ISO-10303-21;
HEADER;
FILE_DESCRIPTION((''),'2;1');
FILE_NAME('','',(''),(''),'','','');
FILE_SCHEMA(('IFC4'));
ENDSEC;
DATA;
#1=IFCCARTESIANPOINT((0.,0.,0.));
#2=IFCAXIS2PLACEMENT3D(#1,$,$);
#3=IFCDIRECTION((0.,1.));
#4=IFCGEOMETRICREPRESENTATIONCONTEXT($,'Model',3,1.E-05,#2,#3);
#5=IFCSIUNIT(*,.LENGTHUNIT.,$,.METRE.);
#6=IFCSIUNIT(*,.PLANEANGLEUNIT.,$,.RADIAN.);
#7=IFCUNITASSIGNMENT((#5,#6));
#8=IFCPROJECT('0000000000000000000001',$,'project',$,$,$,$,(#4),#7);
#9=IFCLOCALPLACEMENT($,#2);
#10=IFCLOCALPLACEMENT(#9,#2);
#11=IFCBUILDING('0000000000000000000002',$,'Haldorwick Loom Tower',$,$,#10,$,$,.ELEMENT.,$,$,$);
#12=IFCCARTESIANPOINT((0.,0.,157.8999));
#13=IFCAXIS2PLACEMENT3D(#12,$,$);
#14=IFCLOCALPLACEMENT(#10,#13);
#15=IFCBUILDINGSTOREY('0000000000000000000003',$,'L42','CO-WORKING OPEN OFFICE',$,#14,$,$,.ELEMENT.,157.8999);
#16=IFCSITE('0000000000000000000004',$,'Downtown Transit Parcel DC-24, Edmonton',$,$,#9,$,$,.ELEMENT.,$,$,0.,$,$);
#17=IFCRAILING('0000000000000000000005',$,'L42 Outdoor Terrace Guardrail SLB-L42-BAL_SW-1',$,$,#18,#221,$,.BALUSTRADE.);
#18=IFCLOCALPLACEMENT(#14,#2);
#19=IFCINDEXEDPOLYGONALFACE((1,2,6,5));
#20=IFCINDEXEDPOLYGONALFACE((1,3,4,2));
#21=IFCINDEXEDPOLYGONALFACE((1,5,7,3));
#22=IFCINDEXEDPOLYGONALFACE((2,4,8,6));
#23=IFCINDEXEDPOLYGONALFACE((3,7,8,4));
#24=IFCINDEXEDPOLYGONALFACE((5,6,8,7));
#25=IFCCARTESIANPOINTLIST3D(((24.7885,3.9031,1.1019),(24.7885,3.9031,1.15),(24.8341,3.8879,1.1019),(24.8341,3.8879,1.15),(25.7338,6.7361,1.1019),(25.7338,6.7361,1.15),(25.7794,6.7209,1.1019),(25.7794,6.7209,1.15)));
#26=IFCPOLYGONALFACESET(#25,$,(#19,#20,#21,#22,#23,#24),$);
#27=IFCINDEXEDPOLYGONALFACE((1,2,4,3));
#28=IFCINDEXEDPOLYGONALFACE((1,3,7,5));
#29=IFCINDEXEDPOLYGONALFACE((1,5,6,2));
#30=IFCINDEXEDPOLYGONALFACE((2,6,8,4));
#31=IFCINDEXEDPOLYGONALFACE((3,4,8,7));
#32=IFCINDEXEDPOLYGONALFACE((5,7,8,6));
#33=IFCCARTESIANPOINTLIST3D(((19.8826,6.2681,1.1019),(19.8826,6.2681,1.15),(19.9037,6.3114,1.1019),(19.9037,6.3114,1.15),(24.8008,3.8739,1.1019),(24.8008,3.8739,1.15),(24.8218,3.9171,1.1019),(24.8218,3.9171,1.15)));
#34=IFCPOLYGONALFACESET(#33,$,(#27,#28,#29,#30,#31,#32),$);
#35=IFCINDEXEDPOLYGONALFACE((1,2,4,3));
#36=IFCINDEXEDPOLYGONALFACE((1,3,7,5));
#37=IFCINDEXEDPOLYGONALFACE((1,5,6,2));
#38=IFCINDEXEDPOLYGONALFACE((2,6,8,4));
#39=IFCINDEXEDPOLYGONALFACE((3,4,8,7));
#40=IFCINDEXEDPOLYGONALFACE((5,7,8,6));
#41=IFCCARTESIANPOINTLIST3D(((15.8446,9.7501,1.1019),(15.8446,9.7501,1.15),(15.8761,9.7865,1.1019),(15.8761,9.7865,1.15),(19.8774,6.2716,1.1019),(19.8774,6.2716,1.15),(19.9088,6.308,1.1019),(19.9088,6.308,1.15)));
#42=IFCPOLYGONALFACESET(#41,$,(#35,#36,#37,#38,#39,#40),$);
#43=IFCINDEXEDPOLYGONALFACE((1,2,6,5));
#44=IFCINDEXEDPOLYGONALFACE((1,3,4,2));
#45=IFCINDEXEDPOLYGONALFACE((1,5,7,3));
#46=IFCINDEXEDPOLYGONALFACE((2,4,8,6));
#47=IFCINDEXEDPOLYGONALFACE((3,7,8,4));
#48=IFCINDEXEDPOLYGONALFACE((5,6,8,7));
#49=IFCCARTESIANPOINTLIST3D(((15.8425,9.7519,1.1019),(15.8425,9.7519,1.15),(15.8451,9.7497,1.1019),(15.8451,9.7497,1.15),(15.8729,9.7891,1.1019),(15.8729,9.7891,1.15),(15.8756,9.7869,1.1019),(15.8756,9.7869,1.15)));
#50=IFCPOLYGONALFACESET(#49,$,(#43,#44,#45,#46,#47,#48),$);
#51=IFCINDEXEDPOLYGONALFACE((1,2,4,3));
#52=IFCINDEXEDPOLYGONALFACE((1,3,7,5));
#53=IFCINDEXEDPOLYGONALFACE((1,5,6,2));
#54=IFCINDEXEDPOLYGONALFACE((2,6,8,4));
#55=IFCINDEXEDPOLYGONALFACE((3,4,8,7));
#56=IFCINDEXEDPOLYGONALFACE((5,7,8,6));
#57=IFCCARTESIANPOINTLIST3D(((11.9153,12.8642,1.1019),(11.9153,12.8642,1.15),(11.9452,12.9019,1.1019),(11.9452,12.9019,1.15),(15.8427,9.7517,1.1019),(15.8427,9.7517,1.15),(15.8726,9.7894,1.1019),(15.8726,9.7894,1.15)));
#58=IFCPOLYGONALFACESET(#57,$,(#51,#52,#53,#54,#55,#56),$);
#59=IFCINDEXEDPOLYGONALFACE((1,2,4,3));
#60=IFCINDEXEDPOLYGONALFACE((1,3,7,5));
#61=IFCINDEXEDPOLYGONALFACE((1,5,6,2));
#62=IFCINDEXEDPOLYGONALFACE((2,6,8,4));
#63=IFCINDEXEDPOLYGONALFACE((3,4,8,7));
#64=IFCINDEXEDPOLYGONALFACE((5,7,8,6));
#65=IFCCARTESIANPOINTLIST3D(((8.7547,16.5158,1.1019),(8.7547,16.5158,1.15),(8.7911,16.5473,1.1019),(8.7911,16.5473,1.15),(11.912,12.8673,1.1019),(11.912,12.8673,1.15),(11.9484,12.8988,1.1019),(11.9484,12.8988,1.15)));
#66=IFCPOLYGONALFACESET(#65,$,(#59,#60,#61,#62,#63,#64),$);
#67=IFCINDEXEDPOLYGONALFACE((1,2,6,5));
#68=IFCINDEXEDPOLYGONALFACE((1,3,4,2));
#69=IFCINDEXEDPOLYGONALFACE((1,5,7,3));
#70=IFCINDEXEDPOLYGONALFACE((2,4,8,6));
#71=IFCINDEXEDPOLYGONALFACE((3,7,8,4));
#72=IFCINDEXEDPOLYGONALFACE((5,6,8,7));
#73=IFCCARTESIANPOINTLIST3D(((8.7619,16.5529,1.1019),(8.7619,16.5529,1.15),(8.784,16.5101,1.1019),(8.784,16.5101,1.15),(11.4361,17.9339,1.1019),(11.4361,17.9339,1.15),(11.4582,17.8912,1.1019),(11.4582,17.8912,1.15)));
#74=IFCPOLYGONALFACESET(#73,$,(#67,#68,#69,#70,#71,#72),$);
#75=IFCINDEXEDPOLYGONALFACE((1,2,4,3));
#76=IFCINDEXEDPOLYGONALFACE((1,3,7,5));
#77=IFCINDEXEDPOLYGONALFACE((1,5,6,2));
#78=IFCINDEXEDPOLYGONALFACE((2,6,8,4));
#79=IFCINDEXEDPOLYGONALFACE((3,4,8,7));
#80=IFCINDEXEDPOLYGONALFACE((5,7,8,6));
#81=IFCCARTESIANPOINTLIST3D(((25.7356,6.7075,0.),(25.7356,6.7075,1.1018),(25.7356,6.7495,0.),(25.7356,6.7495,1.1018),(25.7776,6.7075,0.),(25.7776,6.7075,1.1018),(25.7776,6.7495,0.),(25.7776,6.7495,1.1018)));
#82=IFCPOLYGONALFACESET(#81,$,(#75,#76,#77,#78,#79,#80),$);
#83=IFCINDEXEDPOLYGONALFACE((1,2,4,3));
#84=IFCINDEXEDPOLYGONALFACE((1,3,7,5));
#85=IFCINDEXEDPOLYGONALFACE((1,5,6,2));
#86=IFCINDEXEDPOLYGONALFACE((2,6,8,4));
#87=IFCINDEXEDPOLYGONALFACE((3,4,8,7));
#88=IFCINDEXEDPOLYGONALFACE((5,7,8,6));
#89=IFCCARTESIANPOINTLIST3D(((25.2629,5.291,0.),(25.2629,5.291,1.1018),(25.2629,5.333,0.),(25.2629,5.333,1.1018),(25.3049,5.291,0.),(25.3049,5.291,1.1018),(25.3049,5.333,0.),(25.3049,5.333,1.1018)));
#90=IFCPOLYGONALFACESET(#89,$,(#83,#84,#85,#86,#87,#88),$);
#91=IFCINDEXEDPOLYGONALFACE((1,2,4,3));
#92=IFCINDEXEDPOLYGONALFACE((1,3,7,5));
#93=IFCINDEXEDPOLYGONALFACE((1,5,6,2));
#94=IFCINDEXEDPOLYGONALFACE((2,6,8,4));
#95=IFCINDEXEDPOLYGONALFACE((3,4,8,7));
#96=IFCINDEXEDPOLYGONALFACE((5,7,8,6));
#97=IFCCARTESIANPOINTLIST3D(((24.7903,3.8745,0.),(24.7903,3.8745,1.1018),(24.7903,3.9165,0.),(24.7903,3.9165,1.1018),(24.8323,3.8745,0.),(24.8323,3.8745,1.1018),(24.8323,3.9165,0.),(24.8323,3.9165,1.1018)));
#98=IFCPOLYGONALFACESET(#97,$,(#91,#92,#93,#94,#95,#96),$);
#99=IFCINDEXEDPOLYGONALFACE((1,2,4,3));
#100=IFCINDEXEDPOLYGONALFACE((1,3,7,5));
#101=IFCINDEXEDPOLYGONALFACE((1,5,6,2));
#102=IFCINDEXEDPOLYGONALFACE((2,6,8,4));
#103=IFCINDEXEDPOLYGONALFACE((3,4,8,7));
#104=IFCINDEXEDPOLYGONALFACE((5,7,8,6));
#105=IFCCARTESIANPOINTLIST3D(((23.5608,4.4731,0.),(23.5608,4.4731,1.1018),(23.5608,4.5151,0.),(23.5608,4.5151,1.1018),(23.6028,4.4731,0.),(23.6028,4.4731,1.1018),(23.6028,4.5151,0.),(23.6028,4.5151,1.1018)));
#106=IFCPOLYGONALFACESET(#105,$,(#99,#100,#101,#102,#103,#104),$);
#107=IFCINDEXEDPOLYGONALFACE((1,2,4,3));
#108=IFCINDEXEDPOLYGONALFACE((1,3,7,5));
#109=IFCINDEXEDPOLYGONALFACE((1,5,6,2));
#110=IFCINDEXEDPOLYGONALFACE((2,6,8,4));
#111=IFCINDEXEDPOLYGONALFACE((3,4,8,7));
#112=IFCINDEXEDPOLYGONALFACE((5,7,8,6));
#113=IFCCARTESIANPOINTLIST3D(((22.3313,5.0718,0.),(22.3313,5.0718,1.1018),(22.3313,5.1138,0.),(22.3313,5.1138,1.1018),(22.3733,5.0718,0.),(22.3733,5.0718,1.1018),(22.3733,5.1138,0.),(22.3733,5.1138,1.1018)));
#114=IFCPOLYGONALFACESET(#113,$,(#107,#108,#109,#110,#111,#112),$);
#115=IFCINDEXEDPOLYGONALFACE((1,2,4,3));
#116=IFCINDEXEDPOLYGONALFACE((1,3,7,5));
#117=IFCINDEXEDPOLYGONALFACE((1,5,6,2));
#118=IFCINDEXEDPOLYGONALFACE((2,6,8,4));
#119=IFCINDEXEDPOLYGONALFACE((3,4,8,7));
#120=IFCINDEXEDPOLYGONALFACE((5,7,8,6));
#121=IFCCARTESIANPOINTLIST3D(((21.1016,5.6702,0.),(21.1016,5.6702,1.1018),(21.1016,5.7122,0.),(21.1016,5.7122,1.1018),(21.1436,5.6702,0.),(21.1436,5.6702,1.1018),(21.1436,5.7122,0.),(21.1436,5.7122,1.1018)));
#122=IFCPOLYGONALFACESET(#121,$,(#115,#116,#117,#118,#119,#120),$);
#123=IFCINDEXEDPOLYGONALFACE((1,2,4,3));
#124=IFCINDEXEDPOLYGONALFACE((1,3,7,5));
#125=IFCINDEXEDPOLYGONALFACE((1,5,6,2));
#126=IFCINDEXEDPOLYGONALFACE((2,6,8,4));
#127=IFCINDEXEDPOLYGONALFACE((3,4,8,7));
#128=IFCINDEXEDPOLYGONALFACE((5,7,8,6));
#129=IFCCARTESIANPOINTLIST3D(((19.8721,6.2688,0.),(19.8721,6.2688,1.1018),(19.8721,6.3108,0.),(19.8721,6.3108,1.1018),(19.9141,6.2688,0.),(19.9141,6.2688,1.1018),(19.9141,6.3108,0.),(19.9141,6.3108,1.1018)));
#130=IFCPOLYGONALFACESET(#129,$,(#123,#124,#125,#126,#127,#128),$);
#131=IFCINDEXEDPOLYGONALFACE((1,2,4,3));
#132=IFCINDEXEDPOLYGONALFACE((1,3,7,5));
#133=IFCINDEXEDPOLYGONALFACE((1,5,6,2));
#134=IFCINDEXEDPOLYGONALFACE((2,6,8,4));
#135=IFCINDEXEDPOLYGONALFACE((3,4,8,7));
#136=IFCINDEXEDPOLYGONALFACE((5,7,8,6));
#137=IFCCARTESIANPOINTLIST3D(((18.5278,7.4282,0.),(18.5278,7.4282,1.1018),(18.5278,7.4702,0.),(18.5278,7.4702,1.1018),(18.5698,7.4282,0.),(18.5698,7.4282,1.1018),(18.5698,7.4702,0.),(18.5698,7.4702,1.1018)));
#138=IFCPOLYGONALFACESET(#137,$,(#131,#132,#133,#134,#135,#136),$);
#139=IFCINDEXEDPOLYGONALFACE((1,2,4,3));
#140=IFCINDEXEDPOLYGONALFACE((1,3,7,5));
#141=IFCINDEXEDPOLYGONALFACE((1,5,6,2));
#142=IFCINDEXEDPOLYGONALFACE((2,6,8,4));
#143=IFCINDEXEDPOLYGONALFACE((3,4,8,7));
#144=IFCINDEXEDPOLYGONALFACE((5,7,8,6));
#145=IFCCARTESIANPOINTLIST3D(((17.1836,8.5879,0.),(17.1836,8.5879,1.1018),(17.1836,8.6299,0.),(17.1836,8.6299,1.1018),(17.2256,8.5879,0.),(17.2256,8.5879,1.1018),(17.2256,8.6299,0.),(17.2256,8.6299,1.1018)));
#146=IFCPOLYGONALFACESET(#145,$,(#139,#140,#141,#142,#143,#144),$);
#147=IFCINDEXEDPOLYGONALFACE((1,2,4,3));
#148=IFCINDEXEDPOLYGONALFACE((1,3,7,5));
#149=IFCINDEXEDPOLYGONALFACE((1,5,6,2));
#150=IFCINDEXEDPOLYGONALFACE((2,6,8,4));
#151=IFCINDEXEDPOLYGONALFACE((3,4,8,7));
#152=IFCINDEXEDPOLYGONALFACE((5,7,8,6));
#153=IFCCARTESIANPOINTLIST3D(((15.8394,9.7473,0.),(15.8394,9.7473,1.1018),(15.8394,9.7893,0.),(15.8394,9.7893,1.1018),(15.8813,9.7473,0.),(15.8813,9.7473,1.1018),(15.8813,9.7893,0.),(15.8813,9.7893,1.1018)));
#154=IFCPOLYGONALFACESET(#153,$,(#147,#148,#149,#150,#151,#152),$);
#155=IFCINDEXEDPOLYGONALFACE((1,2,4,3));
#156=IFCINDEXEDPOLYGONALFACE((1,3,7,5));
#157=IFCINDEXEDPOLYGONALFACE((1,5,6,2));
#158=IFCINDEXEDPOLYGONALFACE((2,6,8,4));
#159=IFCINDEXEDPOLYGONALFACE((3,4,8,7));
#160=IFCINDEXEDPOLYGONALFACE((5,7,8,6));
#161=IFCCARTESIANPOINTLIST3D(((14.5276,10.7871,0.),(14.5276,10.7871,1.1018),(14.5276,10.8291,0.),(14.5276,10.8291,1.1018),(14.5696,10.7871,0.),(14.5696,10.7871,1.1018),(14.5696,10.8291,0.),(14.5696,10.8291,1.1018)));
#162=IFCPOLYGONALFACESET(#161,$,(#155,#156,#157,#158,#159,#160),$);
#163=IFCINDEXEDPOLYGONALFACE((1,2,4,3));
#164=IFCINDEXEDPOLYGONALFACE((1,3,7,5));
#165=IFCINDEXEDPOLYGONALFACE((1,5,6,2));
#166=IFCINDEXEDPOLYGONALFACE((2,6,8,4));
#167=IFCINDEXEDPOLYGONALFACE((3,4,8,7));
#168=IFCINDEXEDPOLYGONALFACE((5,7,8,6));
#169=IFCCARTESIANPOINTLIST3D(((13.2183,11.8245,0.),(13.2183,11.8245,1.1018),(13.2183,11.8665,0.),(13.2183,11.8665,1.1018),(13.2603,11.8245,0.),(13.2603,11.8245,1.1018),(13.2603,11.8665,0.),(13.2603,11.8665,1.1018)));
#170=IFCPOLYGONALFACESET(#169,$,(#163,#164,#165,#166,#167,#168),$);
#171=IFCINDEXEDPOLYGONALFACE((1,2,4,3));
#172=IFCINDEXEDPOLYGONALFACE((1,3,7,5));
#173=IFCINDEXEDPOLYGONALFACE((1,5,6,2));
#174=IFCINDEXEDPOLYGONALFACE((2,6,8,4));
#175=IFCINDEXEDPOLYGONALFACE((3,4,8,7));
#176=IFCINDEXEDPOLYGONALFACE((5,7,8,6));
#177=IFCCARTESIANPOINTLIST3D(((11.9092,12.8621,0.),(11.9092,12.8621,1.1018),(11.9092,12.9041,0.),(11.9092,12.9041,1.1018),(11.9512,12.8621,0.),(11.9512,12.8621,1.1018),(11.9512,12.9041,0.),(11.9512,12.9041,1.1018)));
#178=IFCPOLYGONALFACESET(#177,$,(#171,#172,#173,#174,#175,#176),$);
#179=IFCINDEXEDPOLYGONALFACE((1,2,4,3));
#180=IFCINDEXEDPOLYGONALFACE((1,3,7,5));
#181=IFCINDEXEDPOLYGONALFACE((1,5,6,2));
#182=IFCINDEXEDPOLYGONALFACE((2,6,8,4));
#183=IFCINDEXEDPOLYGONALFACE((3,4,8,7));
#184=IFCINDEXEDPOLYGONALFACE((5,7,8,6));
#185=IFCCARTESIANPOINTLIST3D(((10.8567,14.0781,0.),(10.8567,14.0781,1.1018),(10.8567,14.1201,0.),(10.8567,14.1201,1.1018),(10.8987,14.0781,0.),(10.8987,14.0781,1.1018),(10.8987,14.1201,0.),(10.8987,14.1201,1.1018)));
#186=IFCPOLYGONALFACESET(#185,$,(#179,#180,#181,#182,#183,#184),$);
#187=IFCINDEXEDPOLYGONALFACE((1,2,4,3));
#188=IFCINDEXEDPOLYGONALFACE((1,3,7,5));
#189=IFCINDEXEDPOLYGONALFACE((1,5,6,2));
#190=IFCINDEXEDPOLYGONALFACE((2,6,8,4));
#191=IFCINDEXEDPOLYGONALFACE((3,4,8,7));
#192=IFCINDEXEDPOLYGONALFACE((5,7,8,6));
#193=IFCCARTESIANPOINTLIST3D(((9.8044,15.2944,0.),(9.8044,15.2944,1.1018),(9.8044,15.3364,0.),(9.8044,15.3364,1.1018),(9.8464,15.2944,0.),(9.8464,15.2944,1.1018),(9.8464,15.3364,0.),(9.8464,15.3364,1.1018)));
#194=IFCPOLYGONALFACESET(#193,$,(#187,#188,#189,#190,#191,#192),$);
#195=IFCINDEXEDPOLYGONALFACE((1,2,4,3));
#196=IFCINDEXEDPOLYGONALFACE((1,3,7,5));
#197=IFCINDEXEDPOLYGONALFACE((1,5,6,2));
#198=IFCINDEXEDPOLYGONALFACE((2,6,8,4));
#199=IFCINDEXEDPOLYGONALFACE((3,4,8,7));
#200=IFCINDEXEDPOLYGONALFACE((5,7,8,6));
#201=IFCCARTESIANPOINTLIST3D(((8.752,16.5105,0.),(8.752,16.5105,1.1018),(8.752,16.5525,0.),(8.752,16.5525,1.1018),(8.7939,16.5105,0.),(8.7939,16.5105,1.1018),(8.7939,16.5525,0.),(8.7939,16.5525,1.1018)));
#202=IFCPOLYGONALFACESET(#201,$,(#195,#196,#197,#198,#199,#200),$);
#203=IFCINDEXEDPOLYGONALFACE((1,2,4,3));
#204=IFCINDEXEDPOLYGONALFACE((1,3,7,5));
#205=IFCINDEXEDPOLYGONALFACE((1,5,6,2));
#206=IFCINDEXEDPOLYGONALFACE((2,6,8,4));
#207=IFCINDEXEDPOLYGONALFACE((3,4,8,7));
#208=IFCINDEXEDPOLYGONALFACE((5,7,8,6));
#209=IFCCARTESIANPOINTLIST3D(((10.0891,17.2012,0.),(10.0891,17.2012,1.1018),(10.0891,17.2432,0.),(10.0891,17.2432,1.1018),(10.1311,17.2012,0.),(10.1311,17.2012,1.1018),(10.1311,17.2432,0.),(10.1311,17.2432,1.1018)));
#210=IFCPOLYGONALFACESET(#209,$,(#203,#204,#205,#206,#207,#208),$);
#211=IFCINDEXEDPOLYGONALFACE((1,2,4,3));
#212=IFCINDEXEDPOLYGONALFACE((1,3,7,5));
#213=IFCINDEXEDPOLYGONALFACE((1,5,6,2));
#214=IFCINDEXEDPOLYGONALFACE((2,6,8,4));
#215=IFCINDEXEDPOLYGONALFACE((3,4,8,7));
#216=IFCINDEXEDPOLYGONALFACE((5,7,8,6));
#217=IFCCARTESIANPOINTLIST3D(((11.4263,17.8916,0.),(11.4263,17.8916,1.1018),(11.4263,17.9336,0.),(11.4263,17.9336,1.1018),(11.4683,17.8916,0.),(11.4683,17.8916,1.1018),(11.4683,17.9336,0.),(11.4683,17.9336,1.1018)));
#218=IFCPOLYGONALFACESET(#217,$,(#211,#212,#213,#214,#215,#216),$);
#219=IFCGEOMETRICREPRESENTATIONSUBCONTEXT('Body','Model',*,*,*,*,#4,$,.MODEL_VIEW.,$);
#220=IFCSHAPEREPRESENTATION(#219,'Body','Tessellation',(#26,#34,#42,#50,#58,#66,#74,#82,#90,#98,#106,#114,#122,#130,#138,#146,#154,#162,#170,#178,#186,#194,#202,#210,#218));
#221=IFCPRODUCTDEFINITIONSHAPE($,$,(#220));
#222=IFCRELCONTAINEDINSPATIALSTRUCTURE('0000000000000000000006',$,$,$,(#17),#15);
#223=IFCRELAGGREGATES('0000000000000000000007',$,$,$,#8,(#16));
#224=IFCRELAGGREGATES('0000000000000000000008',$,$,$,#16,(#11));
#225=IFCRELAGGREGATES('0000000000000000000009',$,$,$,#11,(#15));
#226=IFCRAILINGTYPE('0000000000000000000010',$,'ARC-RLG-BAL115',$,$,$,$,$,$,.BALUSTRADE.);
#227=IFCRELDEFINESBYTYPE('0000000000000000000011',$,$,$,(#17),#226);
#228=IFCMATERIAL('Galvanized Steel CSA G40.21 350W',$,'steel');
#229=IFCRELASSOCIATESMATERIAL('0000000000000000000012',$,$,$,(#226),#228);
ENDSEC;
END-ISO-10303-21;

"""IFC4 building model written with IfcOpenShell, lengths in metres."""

from ifc_helpers import new_model, si_unit, direction, frame, origin, origin_2d, place, context, subcontext, project, spatial, rectangle, extrude, material, type_object, element, save


model = new_model("IFC4")

# Units and contexts
model_context = context("Model", 3, precision=1e-05, world=origin(), true_north=direction((0.0, 1.0)))
body_context = subcontext(model_context, "Body", "Model", "MODEL_VIEW")
ifc_project = project(units=[si_unit("LENGTHUNIT", "METRE"), si_unit("PLANEANGLEUNIT", "RADIAN")], contexts=[model_context])

# Site, building, storey
site_placement = place(None, origin())
site = spatial("IfcSite", under=ifc_project, at=site_placement, Name="Downtown Transit Parcel DC-24, Edmonton", CompositionType="ELEMENT", RefElevation=0.0)
building_placement = place(site_placement, origin())
building = spatial("IfcBuilding", under=site, at=building_placement, Name="Haldorwick Loom Tower", CompositionType="ELEMENT")
storey_placement = place(building_placement, frame((0.0, 0.0, 157.8999)))
storey = spatial("IfcBuildingStorey", under=building, at=storey_placement, Name="L42", Description="CO-WORKING OPEN OFFICE", CompositionType="ELEMENT", Elevation=157.8999)

# Railing
ifc_material_1 = material(Name="Galvanized Steel CSA G40.21 350W", Category="steel")
railing_type = type_object("IfcRailingType", Name="ARC-RLG-BAL115", PredefinedType="BALUSTRADE", material=ifc_material_1)
railing_placement = place(storey_placement, frame((25.7566, 6.7285, 0.0)))
element("IfcRailing", 1, at=railing_placement, inside=storey, type_object=railing_type, Name="L42 Outdoor Terrace Guardrail SLB-L42-BAL_SW-1", PredefinedType="BALUSTRADE", context=body_context, shape_type="SweptSolid", body=[
    extrude(rectangle(XDim=0.0481, YDim=0.0481, at=origin_2d()), frame((0.0, 0.0, 1.126), z_axis=(-0.316522, -0.948585, 0.0), x_axis=(0.948585, -0.316522, 0.0)), (0.0, 0.0, 1.0), 2.9866),
    extrude(rectangle(XDim=0.0481, YDim=0.0481, at=origin_2d()), frame((-0.9453, -2.833, 1.126), z_axis=(-0.899117, 0.437709, 0.0), x_axis=(-0.437709, -0.899117, 0.0)), (0.0, 0.0, 1.0), 5.47),
    extrude(rectangle(XDim=0.0481, YDim=0.0481, at=origin_2d()), frame((-5.8635, -0.4387, 1.126), z_axis=(-0.757221, 0.653159, 0.0), x_axis=(-0.653159, -0.757221, 0.0)), (0.0, 0.0, 1.0), 5.3257),
    extrude(rectangle(XDim=0.0481, YDim=0.0481, at=origin_2d()), frame((-9.8962, 3.0398, 1.126), z_axis=(-0.773957, 0.633238, 0.0), x_axis=(-0.633238, -0.773957, 0.0)), (0.0, 0.0, 1.0), 0.0034),
    extrude(rectangle(XDim=0.0481, YDim=0.0481, at=origin_2d()), frame((-9.8989, 3.042, 1.126), z_axis=(-0.783727, 0.621106, 0.0), x_axis=(-0.621106, -0.783727, 0.0)), (0.0, 0.0, 1.0), 5.0112),
    extrude(rectangle(XDim=0.0481, YDim=0.0481, at=origin_2d()), frame((-13.8264, 6.1545, 1.126), z_axis=(-0.654368, 0.756176, 0.0), x_axis=(-0.756176, -0.654368, 0.0)), (0.0, 0.0, 1.0), 4.825),
    extrude(rectangle(XDim=0.0481, YDim=0.0481, at=origin_2d()), frame((-16.9836, 9.803, 1.126), z_axis=(0.888511, 0.458856, 0.0), x_axis=(-0.458856, 0.888511, 0.0)), (0.0, 0.0, 1.0), 3.0098),
    extrude(rectangle(XDim=0.042, YDim=0.042, at=origin_2d()), origin(), (0.0, 0.0, 1.0), 1.1018),
    extrude(rectangle(XDim=0.042, YDim=0.042, at=origin_2d()), frame((-0.4727, -1.4165, 0.0)), (0.0, 0.0, 1.0), 1.1018),
    extrude(rectangle(XDim=0.042, YDim=0.042, at=origin_2d()), frame((-0.9453, -2.833, 0.0)), (0.0, 0.0, 1.0), 1.1018),
    extrude(rectangle(XDim=0.042, YDim=0.042, at=origin_2d()), frame((-2.1748, -2.2344, 0.0)), (0.0, 0.0, 1.0), 1.1018),
    extrude(rectangle(XDim=0.042, YDim=0.042, at=origin_2d()), frame((-3.4043, -1.6357, 0.0)), (0.0, 0.0, 1.0), 1.1018),
    extrude(rectangle(XDim=0.042, YDim=0.042, at=origin_2d()), frame((-4.634, -1.0374, 0.0)), (0.0, 0.0, 1.0), 1.1018),
    extrude(rectangle(XDim=0.042, YDim=0.042, at=origin_2d()), frame((-5.8635, -0.4387, 0.0)), (0.0, 0.0, 1.0), 1.1018),
    extrude(rectangle(XDim=0.042, YDim=0.042, at=origin_2d()), frame((-7.2078, 0.7207, 0.0)), (0.0, 0.0, 1.0), 1.1018),
    extrude(rectangle(XDim=0.042, YDim=0.042, at=origin_2d()), frame((-8.552, 1.8804, 0.0)), (0.0, 0.0, 1.0), 1.1018),
    extrude(rectangle(XDim=0.042, YDim=0.042, at=origin_2d()), frame((-9.8962, 3.0398, 0.0)), (0.0, 0.0, 1.0), 1.1018),
    extrude(rectangle(XDim=0.042, YDim=0.042, at=origin_2d()), frame((-11.208, 4.0796, 0.0)), (0.0, 0.0, 1.0), 1.1018),
    extrude(rectangle(XDim=0.042, YDim=0.042, at=origin_2d()), frame((-12.5173, 5.1169, 0.0)), (0.0, 0.0, 1.0), 1.1018),
    extrude(rectangle(XDim=0.042, YDim=0.042, at=origin_2d()), frame((-13.8264, 6.1545, 0.0)), (0.0, 0.0, 1.0), 1.1018),
    extrude(rectangle(XDim=0.042, YDim=0.042, at=origin_2d()), frame((-14.8789, 7.3706, 0.0)), (0.0, 0.0, 1.0), 1.1018),
    extrude(rectangle(XDim=0.042, YDim=0.042, at=origin_2d()), frame((-15.9312, 8.5869, 0.0)), (0.0, 0.0, 1.0), 1.1018),
    extrude(rectangle(XDim=0.042, YDim=0.042, at=origin_2d()), frame((-16.9836, 9.803, 0.0)), (0.0, 0.0, 1.0), 1.1018),
    extrude(rectangle(XDim=0.042, YDim=0.042, at=origin_2d()), frame((-15.6465, 10.4937, 0.0)), (0.0, 0.0, 1.0), 1.1018),
    extrude(rectangle(XDim=0.042, YDim=0.042, at=origin_2d()), frame((-14.3093, 11.1841, 0.0)), (0.0, 0.0, 1.0), 1.1018),
])

save(model, "model.ifc")
